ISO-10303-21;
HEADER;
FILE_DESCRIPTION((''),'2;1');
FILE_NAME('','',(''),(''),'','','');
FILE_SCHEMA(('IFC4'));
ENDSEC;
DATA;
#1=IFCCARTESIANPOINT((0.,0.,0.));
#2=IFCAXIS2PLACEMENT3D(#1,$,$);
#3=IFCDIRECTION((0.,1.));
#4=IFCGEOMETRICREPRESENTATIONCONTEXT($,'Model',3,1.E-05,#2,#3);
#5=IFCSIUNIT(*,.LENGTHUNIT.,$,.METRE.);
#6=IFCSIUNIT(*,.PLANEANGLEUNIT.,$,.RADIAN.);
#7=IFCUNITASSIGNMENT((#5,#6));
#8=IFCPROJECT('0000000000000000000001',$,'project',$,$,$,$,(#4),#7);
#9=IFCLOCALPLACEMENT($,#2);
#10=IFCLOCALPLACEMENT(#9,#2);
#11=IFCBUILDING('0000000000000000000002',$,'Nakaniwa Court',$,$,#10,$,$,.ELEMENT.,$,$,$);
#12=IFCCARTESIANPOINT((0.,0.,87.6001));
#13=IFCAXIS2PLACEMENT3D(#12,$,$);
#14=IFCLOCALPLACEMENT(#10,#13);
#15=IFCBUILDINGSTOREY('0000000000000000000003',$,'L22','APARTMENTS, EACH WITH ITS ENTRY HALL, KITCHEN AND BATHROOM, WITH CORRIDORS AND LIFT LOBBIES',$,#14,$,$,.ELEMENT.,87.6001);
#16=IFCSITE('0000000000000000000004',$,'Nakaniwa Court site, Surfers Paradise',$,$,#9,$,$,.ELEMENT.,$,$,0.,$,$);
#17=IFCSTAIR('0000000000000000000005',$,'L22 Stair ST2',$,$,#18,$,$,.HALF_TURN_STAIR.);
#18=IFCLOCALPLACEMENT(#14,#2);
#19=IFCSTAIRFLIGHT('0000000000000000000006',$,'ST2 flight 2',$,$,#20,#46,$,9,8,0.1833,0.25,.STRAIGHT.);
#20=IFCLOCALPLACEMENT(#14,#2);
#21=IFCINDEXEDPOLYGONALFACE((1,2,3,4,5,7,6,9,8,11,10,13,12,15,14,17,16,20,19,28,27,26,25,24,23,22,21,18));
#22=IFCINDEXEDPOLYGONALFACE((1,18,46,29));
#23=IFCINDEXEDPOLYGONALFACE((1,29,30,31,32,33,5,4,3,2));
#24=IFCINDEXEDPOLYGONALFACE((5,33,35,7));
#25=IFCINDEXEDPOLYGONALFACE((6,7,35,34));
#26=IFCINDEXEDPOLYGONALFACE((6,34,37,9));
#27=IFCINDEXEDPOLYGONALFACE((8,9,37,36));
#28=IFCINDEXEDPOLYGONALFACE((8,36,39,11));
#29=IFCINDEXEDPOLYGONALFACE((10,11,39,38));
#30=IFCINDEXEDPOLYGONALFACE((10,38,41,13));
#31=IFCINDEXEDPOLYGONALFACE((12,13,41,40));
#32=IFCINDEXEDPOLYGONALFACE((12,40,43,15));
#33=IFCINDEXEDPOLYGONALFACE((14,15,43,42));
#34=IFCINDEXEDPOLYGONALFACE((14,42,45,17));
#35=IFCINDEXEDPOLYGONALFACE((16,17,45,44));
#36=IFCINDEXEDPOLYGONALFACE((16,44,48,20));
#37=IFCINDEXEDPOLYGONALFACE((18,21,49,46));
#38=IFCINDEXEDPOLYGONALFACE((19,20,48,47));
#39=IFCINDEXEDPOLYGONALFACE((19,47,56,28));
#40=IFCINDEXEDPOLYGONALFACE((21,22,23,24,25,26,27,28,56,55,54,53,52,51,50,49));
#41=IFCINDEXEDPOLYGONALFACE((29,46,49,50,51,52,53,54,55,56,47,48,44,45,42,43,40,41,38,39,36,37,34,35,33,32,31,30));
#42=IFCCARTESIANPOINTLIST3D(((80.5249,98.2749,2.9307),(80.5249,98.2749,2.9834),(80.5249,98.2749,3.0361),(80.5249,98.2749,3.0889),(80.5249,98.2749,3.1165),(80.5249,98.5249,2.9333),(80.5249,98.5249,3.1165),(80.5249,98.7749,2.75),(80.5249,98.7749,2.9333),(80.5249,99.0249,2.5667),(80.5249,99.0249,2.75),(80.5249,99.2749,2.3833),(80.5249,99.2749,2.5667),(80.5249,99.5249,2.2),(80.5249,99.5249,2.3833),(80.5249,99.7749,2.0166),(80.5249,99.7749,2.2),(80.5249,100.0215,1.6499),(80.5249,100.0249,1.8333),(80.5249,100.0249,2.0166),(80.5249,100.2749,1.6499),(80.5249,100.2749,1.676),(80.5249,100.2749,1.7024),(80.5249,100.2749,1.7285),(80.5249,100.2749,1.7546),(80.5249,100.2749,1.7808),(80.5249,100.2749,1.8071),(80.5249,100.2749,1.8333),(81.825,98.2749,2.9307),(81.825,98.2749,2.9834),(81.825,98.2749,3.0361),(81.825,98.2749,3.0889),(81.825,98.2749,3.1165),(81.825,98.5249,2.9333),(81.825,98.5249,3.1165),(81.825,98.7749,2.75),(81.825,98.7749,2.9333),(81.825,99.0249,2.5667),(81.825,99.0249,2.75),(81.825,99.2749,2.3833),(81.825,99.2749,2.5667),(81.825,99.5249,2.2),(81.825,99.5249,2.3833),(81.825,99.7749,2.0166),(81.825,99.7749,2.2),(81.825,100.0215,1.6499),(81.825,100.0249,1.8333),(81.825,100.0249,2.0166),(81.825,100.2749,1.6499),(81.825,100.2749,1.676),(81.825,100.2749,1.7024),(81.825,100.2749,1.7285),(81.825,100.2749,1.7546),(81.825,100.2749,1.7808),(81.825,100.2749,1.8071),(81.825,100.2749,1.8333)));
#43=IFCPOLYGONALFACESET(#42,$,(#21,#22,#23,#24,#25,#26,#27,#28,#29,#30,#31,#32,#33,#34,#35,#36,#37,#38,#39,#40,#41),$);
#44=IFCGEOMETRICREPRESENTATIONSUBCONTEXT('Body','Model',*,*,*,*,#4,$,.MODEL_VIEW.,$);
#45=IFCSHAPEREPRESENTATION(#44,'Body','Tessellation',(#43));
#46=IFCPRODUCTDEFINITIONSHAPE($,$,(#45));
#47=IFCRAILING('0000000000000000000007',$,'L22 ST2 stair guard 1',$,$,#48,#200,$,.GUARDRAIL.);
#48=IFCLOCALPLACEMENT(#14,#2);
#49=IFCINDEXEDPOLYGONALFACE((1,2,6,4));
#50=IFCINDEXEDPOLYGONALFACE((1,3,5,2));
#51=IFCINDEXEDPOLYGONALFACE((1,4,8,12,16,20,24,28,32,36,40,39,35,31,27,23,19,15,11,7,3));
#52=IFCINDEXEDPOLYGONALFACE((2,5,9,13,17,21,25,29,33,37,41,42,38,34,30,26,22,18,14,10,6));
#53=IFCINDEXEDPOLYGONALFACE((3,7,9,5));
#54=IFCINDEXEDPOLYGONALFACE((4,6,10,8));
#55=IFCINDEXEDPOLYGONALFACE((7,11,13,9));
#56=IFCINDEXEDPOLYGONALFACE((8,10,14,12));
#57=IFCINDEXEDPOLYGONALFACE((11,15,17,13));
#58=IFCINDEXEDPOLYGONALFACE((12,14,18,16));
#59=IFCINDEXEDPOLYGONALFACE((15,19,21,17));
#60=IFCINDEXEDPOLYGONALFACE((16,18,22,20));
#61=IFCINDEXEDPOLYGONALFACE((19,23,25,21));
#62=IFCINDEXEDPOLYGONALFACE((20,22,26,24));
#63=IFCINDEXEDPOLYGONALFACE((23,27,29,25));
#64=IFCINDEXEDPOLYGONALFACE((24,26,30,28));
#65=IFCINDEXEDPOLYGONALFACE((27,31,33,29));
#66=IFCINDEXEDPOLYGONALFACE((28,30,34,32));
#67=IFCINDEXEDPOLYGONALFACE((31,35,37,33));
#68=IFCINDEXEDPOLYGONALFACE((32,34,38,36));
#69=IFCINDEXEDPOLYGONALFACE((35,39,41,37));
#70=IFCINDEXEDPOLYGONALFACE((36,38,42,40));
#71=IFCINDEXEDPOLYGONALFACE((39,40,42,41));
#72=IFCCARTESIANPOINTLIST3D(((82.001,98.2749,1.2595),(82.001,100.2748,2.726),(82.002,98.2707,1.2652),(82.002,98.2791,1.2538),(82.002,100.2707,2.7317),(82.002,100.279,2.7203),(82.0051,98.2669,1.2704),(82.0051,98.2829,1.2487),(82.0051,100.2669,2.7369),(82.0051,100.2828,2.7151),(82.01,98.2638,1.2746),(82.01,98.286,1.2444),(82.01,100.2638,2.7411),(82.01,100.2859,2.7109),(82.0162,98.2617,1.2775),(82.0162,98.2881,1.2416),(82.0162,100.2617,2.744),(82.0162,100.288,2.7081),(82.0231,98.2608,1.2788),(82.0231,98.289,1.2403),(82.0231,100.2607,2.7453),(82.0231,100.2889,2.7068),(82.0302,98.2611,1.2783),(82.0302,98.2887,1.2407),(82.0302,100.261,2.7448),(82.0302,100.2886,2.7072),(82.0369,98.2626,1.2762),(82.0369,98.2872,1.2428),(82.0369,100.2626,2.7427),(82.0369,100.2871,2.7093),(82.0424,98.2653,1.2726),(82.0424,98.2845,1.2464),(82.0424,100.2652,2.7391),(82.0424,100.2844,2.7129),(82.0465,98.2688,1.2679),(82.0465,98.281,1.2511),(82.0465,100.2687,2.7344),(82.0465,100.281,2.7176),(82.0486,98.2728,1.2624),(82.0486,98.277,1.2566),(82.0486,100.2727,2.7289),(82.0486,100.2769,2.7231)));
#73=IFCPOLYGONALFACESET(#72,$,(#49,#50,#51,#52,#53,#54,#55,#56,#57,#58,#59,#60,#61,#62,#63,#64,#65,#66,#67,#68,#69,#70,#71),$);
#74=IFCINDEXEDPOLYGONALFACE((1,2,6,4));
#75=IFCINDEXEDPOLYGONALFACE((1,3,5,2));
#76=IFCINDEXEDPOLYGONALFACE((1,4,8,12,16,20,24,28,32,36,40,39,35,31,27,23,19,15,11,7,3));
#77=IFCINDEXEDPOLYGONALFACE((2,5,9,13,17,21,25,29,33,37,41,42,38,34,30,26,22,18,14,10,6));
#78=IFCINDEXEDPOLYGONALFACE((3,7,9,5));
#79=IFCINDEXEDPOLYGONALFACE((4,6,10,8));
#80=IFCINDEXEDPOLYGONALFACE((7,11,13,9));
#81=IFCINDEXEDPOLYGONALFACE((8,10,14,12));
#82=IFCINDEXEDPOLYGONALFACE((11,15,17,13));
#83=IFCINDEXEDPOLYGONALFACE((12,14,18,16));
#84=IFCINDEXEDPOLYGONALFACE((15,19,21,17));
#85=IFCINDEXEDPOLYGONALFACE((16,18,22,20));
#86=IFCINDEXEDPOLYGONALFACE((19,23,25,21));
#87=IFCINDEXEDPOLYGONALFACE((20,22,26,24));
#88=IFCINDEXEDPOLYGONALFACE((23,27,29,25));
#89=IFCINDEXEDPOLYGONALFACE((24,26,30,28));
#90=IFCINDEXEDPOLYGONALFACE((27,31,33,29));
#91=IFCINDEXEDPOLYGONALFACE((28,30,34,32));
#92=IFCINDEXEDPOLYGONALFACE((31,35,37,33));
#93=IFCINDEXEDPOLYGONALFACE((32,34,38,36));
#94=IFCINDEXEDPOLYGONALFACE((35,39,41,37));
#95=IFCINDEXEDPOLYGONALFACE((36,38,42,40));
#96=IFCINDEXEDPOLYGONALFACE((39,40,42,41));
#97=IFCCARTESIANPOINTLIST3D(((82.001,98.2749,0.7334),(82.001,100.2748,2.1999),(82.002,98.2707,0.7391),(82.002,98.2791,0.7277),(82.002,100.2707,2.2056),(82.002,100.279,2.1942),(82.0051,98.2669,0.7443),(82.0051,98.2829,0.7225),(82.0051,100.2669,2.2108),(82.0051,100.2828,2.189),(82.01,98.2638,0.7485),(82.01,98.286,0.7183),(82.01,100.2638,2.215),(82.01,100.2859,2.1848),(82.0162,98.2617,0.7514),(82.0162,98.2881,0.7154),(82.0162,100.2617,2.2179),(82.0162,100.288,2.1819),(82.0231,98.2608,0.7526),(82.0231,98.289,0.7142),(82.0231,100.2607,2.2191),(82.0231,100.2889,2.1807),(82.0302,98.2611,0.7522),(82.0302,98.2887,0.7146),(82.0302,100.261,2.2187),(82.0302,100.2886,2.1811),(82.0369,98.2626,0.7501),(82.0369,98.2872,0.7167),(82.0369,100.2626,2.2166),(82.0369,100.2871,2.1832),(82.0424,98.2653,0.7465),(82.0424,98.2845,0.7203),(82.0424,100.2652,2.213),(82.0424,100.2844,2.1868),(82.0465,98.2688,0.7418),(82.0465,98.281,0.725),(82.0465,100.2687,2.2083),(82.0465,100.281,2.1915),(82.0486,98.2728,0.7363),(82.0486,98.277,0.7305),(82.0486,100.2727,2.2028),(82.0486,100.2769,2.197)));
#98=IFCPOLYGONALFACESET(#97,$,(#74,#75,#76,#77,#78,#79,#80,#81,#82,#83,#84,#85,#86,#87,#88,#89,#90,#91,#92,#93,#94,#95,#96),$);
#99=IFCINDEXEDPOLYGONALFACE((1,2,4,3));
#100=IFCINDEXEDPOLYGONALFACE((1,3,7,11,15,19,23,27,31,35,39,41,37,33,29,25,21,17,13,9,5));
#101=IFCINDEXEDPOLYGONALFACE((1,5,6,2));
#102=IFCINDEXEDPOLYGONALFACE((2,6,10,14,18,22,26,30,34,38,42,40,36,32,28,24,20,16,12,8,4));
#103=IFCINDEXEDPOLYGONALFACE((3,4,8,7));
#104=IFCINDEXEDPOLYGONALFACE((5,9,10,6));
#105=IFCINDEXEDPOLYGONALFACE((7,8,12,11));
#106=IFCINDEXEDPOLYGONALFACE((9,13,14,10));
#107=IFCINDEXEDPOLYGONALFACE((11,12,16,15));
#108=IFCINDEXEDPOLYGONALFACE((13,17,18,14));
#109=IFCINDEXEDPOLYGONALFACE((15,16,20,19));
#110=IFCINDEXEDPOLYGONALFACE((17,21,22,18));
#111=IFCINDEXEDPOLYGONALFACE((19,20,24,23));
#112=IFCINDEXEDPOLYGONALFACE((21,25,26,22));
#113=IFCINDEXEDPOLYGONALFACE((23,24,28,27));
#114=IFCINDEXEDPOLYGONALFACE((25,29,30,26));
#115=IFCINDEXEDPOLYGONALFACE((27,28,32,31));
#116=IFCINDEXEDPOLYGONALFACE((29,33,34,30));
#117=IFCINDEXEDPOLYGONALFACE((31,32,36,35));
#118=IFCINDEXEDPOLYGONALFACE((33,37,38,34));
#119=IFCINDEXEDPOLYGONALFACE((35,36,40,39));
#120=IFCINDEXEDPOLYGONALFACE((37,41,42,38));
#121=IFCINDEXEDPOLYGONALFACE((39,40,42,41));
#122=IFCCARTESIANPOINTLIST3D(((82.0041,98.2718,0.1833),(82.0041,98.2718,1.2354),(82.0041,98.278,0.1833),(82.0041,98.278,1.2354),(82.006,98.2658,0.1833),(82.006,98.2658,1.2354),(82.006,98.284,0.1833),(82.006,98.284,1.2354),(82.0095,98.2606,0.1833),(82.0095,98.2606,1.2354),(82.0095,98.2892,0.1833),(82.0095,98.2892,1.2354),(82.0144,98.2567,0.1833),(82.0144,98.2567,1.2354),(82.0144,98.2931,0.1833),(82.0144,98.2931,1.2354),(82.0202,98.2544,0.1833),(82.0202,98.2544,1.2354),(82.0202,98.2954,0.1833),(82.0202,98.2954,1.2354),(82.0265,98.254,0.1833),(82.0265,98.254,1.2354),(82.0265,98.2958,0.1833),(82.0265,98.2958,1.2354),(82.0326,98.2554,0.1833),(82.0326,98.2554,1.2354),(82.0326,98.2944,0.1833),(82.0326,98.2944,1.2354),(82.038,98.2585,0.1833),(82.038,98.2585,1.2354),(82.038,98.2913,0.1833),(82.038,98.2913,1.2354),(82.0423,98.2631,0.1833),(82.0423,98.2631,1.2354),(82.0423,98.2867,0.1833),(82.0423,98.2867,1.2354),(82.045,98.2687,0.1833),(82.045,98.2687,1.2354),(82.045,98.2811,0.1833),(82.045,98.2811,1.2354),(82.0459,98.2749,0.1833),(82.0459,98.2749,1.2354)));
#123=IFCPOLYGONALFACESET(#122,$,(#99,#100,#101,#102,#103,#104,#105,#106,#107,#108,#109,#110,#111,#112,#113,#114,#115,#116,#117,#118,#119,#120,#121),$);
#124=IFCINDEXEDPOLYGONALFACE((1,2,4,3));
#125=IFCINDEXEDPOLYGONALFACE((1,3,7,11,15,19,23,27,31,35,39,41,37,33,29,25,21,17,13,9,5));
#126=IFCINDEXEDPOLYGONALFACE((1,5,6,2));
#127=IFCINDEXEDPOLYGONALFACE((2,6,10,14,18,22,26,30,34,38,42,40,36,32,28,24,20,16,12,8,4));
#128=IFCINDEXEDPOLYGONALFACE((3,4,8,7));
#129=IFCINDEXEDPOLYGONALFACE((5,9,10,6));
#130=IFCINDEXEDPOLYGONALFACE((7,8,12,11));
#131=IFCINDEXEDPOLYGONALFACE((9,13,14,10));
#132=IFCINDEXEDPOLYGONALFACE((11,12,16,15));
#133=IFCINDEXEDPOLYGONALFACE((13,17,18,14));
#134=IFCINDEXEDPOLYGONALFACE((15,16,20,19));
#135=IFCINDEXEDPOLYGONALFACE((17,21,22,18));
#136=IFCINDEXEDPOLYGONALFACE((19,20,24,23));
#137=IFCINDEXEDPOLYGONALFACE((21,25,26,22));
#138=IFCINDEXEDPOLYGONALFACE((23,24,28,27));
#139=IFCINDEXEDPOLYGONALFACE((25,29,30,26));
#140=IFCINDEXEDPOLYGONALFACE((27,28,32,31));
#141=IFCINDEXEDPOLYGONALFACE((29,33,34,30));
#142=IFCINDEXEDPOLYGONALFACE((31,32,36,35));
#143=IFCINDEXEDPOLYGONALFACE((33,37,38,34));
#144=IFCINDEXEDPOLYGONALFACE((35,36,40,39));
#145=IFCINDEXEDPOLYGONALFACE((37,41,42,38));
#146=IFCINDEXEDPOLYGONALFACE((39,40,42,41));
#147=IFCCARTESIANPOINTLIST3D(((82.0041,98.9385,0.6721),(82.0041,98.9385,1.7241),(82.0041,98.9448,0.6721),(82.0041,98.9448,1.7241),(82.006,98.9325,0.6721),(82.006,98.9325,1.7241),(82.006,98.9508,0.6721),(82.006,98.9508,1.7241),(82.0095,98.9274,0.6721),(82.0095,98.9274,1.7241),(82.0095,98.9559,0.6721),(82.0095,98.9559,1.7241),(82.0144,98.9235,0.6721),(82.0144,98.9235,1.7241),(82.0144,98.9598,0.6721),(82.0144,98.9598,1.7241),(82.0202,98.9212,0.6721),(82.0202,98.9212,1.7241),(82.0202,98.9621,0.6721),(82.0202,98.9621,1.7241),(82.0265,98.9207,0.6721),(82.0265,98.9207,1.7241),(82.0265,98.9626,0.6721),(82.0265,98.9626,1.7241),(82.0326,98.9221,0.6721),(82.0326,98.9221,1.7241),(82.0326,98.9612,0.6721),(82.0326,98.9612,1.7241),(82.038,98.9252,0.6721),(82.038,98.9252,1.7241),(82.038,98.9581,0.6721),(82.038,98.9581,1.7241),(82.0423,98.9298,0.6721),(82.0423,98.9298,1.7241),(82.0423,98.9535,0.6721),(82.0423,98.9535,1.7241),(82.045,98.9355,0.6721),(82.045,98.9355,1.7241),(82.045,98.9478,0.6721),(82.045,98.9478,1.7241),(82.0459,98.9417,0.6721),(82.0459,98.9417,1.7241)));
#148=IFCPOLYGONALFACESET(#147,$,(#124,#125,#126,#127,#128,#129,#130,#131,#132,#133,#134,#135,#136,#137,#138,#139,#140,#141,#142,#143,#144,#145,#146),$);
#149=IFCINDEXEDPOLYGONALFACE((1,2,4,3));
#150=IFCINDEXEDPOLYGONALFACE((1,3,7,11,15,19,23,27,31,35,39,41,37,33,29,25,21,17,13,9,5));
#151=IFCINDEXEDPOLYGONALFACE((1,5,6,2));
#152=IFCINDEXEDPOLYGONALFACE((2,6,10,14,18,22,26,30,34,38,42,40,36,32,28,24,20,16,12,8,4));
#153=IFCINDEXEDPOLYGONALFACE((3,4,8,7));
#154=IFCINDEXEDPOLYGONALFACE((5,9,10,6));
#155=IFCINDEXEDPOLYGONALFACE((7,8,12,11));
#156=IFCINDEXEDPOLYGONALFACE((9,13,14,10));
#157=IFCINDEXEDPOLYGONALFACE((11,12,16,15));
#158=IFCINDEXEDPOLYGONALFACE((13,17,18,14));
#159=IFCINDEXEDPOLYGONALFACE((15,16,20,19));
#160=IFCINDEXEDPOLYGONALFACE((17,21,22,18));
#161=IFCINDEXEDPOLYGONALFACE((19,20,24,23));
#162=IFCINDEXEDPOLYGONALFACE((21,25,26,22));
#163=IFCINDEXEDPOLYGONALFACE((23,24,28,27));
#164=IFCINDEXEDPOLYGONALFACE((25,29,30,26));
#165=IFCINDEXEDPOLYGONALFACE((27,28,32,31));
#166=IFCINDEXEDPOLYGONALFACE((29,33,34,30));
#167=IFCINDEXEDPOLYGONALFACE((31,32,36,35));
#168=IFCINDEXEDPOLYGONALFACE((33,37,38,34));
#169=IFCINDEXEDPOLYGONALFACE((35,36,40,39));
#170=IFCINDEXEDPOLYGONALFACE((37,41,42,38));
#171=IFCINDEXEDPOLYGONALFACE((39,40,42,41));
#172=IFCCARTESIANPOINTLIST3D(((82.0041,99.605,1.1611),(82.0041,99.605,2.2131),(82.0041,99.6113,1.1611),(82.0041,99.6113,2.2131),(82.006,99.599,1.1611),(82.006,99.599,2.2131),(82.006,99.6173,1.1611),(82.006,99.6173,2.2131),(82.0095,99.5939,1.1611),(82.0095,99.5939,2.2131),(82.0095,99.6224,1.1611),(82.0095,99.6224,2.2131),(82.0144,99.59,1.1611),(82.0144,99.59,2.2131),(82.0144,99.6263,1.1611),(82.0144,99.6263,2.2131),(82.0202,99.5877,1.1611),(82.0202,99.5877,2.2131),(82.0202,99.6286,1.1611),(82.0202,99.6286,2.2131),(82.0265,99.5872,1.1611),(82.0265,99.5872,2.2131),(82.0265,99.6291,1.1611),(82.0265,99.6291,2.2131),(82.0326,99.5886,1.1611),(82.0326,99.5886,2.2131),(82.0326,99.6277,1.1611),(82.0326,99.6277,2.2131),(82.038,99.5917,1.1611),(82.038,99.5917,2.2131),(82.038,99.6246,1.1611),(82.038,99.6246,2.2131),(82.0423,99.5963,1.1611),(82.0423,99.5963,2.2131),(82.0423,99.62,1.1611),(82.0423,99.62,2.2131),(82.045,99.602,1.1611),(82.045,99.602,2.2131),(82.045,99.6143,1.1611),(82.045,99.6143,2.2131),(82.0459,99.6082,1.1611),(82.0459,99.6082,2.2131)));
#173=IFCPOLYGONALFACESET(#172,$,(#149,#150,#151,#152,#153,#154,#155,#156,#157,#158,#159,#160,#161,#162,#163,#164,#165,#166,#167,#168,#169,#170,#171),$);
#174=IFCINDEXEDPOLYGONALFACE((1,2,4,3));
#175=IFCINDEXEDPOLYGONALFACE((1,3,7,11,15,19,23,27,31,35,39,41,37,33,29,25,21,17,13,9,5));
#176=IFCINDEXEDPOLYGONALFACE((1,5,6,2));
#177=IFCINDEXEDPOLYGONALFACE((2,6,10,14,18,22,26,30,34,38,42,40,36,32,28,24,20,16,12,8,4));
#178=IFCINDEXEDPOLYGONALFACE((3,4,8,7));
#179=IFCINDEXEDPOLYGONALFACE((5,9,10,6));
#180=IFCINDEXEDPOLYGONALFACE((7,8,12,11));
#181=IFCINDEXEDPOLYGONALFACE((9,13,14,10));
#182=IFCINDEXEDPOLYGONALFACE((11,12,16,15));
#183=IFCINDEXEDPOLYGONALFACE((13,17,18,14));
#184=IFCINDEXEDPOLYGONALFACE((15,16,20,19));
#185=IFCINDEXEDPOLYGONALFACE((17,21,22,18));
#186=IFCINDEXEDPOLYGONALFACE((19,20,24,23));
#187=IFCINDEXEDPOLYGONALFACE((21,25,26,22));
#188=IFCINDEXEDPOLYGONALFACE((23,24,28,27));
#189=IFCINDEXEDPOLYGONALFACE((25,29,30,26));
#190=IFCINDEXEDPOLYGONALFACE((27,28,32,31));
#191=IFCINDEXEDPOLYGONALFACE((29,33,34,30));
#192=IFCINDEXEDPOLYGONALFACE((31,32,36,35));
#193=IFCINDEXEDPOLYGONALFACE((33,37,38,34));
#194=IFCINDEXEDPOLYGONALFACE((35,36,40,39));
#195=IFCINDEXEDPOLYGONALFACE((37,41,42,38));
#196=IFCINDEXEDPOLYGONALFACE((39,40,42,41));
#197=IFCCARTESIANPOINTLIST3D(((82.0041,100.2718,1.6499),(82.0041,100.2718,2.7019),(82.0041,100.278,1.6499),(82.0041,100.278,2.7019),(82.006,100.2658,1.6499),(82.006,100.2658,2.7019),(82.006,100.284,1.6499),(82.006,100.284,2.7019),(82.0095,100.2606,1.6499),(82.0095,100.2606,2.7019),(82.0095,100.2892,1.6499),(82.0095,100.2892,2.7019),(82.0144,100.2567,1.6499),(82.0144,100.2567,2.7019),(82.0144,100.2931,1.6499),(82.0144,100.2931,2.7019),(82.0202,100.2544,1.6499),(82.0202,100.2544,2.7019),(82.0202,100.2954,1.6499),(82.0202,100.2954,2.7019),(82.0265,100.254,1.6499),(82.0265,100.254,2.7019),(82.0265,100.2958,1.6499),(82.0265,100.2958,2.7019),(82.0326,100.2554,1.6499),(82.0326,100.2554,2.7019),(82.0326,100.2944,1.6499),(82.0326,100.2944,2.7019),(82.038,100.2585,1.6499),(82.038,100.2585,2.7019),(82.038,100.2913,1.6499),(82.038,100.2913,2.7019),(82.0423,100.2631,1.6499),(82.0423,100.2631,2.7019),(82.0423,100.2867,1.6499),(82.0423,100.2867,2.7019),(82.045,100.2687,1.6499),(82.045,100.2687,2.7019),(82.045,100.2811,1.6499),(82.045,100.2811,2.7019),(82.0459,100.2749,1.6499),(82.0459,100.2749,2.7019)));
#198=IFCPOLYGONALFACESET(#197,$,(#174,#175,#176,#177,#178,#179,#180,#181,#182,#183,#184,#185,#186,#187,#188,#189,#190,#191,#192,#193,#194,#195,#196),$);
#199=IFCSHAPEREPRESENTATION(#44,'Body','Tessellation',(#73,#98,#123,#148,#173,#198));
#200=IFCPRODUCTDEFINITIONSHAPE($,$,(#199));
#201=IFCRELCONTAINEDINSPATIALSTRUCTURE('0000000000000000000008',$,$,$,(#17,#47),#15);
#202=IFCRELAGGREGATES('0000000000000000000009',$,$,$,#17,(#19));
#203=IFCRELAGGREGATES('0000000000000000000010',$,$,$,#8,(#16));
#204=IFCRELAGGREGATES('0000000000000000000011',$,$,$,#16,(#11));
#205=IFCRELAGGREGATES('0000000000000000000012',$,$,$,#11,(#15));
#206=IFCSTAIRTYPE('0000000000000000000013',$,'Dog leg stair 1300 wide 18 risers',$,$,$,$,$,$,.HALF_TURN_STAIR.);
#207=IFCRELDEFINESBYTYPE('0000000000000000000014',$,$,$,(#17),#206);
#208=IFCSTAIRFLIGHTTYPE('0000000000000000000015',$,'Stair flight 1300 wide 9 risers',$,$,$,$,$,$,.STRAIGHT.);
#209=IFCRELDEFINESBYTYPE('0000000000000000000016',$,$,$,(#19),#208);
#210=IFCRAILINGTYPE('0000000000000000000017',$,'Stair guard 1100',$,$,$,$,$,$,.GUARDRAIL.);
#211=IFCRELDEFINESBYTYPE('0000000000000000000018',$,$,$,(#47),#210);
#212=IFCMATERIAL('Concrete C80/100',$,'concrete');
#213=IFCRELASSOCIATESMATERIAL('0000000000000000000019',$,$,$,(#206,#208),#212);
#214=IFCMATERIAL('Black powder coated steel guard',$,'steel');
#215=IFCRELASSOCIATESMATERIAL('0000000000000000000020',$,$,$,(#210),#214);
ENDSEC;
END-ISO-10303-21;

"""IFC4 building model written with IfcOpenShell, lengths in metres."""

from ifc_helpers import new_model, si_unit, direction, frame, origin, origin_2d, place, context, subcontext, project, spatial, polyline, circle, outline, extrude, material, type_object, element, aggregate, save


model = new_model("IFC4")

# Units and contexts
model_context = context("Model", 3, precision=1e-05, world=origin(), true_north=direction((0.0, 1.0)))
body_context = subcontext(model_context, "Body", "Model", "MODEL_VIEW")
ifc_project = project(units=[si_unit("LENGTHUNIT", "METRE"), si_unit("PLANEANGLEUNIT", "RADIAN")], contexts=[model_context])

# Site, building, storey
site_placement = place(None, origin())
site = spatial("IfcSite", under=ifc_project, at=site_placement, Name="Nakaniwa Court site, Surfers Paradise", CompositionType="ELEMENT", RefElevation=0.0)
building_placement = place(site_placement, origin())
building = spatial("IfcBuilding", under=site, at=building_placement, Name="Nakaniwa Court", CompositionType="ELEMENT")
storey_placement = place(building_placement, frame((0.0, 0.0, 87.6001)))
storey = spatial("IfcBuildingStorey", under=building, at=storey_placement, Name="L22", Description="APARTMENTS, EACH WITH ITS ENTRY HALL, KITCHEN AND BATHROOM, WITH CORRIDORS AND LIFT LOBBIES", CompositionType="ELEMENT", Elevation=87.6001)

# Shared definitions
ifc_material_1 = material(Name="Concrete C80/100", Category="concrete")

# Stair, stair flight
stair_type = type_object("IfcStairType", Name="Dog leg stair 1300 wide 18 risers", PredefinedType="HALF_TURN_STAIR", material=ifc_material_1)
stair_placement = place(storey_placement, origin())
stair = element("IfcStair", 1, at=stair_placement, inside=storey, type_object=stair_type, Name="L22 Stair ST2", PredefinedType="HALF_TURN_STAIR")
stair_flight_type = type_object("IfcStairFlightType", Name="Stair flight 1300 wide 9 risers", PredefinedType="STRAIGHT", material=ifc_material_1)
stair_flight_1_placement = place(storey_placement, frame((81.175, 100.2749, 1.6499), z_axis=(0.0, 0.0, 1.0), x_axis=(0.0, -1.0, 0.0)))
stair_flight_1 = element("IfcStairFlight", 2, at=stair_flight_1_placement, type_object=stair_flight_type, Name="ST2 flight 2", NumberOfRisers=9, NumberOfTreads=8, PredefinedType="STRAIGHT", RiserHeight=0.1833, TreadLength=0.25, context=body_context, shape_type="SweptSolid", body=[
    extrude(outline(polyline([(0.0, 0.0), (0.0, 0.0261), (0.0, 0.0525), (0.0, 0.0786), (0.0, 0.1047), (0.0, 0.1309), (0.0, 0.1572), (0.0, 0.1833), (0.25, 0.1833), (0.25, 0.3667), (0.5, 0.3667), (0.5, 0.55), (0.75, 0.55), (0.75, 0.7334), (1.0, 0.7334), (1.0, 0.9167), (1.25, 0.9167), (1.25, 1.1001), (1.5, 1.1001), (1.5, 1.2834), (1.75, 1.2834), (1.75, 1.4666), (2.0, 1.4666), (2.0, 1.6499), (2.0, 1.5972), (2.0, 1.5444), (2.0, 1.4917), (2.0, 1.439), (2.0, 1.3862), (2.0, 1.3335), (2.0, 1.2808), (0.2534, 0.0), (0.0, 0.0)])), frame((0.0, 0.6499, 0.0), z_axis=(0.0, -1.0, 0.0), x_axis=(1.0, 0.0, 0.0)), (0.0, 0.0, 1.0), 1.3),
])
aggregate(stair, [stair_flight_1])

# Railing
ifc_material_2 = material(Name="Black powder coated steel guard", Category="steel")
railing_type_1 = type_object("IfcRailingType", Name="Stair guard 1100", PredefinedType="GUARDRAIL", material=ifc_material_2)
railing_1_placement = place(storey_placement, frame((82.0249, 98.2749, 0.1833)))
element("IfcRailing", 3, at=railing_1_placement, inside=storey, type_object=railing_type_1, Name="L22 ST2 stair guard 1", PredefinedType="GUARDRAIL", context=body_context, shape_type="SweptSolid", body=[
    extrude(circle(Radius=0.0239, at=origin_2d()), frame((0.0, 0.0, 1.0762), z_axis=(0.0, 0.806427, 0.591334), x_axis=(-1.0, 0.0, 0.0)), (0.0, 0.0, 1.0), 2.48),
    extrude(circle(Radius=0.0239, at=origin_2d()), frame((0.0, 0.0, 0.55), z_axis=(0.0, 0.806427, 0.591334), x_axis=(-1.0, 0.0, 0.0)), (0.0, 0.0, 1.0), 2.48),
    extrude(circle(Radius=0.021, at=origin_2d()), origin(), (0.0, 0.0, 1.0), 1.052),
    extrude(circle(Radius=0.021, at=origin_2d()), frame((0.0, 0.6667, 0.4888)), (0.0, 0.0, 1.0), 1.052),
    extrude(circle(Radius=0.021, at=origin_2d()), frame((0.0, 1.3333, 0.9778)), (0.0, 0.0, 1.0), 1.052),
    extrude(circle(Radius=0.021, at=origin_2d()), frame((0.0, 2.0, 1.4666)), (0.0, 0.0, 1.0), 1.052),
])

save(model, "model.ifc")
